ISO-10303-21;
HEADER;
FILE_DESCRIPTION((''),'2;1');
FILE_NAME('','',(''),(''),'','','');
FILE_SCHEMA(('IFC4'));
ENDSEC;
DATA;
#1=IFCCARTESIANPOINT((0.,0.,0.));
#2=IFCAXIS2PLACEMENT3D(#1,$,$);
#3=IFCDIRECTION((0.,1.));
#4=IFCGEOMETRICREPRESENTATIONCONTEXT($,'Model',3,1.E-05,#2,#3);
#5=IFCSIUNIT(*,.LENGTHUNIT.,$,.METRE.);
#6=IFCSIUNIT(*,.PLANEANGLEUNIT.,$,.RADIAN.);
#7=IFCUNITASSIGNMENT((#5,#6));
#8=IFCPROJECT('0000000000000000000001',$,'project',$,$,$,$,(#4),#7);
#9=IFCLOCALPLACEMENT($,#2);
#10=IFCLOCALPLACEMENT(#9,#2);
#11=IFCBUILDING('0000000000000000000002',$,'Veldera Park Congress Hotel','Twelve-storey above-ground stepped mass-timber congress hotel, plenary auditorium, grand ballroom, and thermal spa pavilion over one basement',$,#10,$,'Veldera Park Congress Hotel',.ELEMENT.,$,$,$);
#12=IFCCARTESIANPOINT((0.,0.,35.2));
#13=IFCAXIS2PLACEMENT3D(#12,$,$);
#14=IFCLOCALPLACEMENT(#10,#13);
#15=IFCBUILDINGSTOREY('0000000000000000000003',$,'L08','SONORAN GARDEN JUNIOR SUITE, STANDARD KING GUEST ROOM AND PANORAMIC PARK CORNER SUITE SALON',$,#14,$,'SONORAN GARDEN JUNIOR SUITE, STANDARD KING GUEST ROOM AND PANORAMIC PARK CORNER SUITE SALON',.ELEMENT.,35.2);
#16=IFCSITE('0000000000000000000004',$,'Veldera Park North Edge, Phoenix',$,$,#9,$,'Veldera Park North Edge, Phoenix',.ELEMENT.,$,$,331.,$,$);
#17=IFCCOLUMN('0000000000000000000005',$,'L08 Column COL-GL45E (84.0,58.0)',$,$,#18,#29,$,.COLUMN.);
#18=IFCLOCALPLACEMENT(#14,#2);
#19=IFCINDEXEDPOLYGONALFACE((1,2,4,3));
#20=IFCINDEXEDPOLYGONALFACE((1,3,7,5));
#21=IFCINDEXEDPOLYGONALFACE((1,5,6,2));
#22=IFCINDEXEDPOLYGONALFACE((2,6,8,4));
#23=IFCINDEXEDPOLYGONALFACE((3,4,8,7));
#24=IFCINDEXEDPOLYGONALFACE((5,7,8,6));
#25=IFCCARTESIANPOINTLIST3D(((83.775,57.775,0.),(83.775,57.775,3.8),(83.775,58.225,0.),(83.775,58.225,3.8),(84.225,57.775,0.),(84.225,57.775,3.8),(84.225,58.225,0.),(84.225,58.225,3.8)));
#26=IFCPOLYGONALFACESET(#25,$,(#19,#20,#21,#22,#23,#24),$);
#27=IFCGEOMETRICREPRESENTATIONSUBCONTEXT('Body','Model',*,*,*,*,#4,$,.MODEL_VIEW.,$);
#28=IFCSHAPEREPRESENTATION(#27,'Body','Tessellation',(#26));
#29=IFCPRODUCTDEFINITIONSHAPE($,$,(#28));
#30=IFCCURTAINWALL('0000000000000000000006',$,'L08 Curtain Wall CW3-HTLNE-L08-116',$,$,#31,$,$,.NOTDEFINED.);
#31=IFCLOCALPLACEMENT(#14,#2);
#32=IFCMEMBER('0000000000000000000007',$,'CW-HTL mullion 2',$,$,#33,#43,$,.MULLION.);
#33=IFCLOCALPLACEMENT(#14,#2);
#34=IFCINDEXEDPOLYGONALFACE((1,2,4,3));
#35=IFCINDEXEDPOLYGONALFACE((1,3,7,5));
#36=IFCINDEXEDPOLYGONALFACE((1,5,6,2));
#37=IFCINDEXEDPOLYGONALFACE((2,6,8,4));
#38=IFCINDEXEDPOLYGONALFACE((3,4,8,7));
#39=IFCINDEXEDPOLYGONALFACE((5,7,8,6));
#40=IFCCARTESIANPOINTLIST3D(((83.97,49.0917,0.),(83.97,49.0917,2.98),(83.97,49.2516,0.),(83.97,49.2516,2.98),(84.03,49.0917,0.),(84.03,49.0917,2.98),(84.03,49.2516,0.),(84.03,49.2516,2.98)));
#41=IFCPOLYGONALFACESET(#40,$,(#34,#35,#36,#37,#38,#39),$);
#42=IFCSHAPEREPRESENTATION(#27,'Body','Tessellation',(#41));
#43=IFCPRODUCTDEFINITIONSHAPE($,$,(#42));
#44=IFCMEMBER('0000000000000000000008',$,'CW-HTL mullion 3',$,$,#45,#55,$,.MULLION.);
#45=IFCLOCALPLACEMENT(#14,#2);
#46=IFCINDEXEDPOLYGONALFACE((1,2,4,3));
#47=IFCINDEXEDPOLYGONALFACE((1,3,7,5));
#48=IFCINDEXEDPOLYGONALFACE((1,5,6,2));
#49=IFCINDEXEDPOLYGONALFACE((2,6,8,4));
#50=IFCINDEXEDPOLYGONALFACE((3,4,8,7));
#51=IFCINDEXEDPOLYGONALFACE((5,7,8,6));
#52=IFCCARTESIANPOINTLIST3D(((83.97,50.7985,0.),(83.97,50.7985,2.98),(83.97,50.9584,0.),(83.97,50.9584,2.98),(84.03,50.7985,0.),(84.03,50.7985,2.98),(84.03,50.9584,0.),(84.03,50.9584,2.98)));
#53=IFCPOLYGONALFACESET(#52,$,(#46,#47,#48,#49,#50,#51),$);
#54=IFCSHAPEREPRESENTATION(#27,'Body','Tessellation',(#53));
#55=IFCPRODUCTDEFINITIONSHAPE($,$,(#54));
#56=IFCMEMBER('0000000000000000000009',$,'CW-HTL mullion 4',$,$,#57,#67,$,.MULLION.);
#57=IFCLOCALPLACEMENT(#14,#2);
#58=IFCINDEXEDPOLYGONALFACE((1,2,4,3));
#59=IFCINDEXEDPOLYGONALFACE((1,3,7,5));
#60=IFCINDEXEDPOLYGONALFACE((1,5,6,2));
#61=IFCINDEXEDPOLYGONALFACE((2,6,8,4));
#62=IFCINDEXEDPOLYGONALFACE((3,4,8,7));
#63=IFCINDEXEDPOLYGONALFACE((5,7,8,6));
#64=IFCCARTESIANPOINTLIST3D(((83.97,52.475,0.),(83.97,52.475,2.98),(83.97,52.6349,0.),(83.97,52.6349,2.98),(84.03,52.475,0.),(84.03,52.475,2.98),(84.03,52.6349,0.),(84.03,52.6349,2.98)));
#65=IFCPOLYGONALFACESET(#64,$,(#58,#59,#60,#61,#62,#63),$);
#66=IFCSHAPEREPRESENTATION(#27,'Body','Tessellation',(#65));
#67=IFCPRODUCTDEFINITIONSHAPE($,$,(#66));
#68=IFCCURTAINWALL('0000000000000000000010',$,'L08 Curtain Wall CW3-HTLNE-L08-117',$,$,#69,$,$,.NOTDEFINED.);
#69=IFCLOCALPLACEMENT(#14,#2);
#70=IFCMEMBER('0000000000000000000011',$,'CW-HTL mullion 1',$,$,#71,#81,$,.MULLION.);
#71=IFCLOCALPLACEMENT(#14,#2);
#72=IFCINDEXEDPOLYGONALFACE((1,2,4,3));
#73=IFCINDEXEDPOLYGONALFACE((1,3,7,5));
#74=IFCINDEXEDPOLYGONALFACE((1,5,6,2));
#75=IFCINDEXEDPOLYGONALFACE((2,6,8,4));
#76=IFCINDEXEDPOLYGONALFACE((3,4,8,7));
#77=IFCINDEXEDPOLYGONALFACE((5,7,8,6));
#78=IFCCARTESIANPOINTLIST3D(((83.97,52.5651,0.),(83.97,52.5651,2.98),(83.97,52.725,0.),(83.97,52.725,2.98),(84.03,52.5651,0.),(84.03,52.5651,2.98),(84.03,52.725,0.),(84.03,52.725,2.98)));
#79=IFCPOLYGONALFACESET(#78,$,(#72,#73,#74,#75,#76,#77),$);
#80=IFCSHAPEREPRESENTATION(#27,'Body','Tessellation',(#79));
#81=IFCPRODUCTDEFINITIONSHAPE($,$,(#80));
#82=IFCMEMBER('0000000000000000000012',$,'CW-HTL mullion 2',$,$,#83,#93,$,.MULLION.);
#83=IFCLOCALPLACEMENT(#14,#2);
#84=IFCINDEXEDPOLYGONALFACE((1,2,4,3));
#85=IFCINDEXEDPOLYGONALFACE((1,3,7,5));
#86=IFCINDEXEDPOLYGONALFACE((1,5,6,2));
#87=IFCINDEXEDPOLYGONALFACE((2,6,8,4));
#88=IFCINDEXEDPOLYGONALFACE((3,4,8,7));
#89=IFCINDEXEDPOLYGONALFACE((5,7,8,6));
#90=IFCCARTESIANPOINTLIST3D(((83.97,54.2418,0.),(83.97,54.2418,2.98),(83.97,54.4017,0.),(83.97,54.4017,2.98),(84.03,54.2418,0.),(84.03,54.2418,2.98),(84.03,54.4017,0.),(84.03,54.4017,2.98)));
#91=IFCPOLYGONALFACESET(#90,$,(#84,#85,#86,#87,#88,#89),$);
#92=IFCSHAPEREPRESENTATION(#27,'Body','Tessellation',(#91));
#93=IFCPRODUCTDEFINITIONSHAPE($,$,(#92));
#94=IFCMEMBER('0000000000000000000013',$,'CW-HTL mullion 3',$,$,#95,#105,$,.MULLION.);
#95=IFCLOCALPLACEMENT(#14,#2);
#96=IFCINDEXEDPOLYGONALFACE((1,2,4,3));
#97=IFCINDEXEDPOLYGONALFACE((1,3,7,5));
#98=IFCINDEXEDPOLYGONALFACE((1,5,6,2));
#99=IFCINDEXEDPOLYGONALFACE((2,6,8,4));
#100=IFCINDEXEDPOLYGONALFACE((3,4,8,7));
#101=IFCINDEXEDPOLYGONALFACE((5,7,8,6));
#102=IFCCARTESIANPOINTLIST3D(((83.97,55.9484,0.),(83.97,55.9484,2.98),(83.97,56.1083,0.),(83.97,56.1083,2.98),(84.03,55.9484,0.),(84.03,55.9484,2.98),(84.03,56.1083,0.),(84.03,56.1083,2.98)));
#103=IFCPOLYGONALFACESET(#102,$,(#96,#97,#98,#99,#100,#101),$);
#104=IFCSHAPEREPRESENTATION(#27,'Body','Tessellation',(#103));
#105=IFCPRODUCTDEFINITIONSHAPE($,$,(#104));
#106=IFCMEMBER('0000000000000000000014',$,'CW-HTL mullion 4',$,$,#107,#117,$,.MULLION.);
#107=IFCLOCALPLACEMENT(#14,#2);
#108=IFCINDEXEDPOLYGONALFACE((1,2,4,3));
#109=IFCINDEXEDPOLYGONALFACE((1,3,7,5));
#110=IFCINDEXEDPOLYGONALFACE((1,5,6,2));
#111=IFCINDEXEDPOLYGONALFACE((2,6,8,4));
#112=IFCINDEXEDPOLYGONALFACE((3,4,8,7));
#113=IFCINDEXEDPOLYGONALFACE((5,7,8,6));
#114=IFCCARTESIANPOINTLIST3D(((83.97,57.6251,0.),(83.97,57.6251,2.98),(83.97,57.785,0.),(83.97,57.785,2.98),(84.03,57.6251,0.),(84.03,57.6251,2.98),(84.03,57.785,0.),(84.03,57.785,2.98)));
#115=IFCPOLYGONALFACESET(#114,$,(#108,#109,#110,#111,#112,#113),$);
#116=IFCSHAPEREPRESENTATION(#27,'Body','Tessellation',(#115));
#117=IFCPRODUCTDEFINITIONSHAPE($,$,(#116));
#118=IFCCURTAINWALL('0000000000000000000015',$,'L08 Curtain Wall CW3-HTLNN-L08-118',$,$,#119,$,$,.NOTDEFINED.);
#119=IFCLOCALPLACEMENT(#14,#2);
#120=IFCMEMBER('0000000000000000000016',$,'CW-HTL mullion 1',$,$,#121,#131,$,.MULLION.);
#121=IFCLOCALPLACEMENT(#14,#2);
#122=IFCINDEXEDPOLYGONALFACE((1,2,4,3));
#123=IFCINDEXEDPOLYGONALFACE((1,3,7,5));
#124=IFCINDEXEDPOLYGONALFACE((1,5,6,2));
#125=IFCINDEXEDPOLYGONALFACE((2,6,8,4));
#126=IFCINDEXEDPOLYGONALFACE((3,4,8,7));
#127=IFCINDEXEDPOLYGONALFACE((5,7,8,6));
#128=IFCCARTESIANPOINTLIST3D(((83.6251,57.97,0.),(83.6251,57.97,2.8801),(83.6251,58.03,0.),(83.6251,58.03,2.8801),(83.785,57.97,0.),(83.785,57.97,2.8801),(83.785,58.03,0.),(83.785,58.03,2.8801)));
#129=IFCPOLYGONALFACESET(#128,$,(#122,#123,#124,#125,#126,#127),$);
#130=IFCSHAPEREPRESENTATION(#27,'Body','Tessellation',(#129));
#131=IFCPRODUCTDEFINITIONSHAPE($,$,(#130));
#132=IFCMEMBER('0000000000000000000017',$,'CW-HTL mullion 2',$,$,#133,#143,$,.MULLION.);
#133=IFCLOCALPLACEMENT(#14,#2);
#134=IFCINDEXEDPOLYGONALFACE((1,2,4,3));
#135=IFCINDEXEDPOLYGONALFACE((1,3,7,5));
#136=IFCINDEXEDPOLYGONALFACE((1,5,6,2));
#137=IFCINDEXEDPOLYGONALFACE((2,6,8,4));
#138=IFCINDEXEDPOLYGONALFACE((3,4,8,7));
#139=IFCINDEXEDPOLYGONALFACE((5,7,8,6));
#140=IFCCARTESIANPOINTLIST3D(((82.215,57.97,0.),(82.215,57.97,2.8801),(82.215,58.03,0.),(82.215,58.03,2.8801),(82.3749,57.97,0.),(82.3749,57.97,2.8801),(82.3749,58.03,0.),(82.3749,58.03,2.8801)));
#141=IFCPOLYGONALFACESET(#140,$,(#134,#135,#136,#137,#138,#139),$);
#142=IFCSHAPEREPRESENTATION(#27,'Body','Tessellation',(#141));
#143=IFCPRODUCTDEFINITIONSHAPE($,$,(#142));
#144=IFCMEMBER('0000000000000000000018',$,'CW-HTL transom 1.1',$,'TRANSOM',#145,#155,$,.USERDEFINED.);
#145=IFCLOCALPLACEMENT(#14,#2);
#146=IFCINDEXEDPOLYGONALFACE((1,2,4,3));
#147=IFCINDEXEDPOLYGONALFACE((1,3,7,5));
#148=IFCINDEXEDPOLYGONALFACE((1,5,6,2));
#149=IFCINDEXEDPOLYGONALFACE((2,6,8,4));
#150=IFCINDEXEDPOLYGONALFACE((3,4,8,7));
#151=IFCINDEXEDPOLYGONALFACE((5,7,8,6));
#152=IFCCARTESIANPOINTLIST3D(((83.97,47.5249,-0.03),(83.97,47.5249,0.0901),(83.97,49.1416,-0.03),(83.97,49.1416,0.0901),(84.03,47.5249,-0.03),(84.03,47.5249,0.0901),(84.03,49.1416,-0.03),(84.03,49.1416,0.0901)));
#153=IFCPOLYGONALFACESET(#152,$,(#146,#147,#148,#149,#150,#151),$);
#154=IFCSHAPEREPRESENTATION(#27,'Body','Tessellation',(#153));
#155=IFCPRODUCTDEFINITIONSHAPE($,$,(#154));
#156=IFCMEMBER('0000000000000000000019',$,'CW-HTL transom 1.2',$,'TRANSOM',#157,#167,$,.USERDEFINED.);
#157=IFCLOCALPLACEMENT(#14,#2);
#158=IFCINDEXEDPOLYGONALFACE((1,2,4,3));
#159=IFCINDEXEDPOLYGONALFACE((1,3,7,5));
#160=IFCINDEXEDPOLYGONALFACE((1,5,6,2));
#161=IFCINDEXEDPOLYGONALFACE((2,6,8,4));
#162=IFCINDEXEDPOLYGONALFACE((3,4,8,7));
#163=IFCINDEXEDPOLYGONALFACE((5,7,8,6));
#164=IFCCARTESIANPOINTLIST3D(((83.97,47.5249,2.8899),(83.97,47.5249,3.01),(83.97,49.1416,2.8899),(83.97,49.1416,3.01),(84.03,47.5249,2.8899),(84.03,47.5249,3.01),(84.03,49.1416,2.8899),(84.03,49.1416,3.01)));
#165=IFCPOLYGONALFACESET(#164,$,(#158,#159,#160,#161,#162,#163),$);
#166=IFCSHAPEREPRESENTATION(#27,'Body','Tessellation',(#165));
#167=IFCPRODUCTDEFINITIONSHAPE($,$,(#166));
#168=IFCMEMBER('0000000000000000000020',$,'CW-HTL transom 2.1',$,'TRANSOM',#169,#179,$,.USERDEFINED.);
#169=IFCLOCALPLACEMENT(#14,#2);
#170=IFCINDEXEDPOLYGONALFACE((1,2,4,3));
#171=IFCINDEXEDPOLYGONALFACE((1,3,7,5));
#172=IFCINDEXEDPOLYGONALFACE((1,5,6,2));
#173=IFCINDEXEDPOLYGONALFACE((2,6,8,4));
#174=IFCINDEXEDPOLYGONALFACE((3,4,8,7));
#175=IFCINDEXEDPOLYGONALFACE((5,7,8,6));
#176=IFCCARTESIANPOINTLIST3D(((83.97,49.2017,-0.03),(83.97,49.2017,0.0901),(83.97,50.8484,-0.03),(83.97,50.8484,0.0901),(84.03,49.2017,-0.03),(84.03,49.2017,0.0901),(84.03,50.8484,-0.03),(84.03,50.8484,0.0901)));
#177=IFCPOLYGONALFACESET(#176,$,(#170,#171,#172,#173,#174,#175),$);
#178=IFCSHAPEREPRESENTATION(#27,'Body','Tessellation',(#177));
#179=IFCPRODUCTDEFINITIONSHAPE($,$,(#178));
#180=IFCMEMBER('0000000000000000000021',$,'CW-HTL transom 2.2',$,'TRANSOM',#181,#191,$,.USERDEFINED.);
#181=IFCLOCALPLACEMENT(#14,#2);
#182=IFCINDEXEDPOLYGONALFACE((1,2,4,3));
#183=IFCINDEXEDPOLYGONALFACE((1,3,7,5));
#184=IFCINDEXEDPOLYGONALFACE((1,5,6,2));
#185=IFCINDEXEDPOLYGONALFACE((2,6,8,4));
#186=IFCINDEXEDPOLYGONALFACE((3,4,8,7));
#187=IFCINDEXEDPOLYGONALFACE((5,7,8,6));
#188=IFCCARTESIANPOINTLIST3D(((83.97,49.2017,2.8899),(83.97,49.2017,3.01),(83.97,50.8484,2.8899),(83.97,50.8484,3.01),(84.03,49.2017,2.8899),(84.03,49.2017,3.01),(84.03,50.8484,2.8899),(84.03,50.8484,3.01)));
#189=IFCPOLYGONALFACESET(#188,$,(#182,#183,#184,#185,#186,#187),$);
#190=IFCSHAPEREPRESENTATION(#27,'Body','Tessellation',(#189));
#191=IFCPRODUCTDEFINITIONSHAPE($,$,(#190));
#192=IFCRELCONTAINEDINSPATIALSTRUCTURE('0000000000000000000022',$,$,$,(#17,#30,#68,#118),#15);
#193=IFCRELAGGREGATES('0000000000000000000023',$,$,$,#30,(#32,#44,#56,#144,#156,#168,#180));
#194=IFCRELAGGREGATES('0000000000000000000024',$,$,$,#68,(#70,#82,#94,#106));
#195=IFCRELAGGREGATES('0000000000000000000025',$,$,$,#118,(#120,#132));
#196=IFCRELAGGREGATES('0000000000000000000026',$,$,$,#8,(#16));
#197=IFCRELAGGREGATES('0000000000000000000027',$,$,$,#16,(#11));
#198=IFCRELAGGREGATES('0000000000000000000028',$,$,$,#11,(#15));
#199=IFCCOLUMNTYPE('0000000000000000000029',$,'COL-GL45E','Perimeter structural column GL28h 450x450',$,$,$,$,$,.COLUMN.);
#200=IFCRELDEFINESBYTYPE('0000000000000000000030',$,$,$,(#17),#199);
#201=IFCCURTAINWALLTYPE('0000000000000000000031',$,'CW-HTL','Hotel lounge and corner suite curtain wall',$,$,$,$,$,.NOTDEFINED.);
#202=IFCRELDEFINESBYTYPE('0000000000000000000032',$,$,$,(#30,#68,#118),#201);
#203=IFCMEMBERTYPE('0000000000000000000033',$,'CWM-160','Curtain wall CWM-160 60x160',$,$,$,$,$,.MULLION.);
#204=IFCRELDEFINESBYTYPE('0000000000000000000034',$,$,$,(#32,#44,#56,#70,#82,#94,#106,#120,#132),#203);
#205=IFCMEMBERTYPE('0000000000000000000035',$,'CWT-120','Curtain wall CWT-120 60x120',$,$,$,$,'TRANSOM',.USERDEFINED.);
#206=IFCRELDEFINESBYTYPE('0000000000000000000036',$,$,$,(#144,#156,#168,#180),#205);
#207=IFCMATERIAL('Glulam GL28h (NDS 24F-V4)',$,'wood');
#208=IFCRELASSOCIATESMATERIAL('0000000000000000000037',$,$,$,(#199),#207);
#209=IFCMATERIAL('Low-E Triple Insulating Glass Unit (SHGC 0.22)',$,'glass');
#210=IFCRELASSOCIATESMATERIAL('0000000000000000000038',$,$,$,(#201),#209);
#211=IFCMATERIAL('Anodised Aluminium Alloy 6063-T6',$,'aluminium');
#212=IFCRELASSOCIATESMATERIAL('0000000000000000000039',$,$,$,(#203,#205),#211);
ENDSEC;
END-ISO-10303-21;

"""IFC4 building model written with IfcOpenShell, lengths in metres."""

from ifc_helpers import new_model, si_unit, direction, frame, origin, origin_2d, place, context, subcontext, project, spatial, rectangle, extrude, material, material_profile, profile_set, type_object, element, aggregate, save


model = new_model("IFC4")

# Units and contexts
model_context = context("Model", 3, precision=1e-05, world=origin(), true_north=direction((0.0, 1.0)))
body_context = subcontext(model_context, "Body", "Model", "MODEL_VIEW")
ifc_project = project(units=[si_unit("LENGTHUNIT", "METRE"), si_unit("PLANEANGLEUNIT", "RADIAN")], contexts=[model_context])

# Site, building, storey
site_placement = place(None, origin())
site = spatial("IfcSite", under=ifc_project, at=site_placement, Name="Veldera Park North Edge, Phoenix", LongName="Veldera Park North Edge, Phoenix", CompositionType="ELEMENT", RefElevation=331.0)
building_placement = place(site_placement, origin())
building = spatial("IfcBuilding", under=site, at=building_placement, Name="Veldera Park Congress Hotel", Description="Twelve-storey above-ground stepped mass-timber congress hotel, plenary auditorium, grand ballroom, and thermal spa pavilion over one basement", LongName="Veldera Park Congress Hotel", CompositionType="ELEMENT")
storey_placement = place(building_placement, frame((0.0, 0.0, 35.2)))
storey = spatial("IfcBuildingStorey", under=building, at=storey_placement, Name="L08", Description="SONORAN GARDEN JUNIOR SUITE, STANDARD KING GUEST ROOM AND PANORAMIC PARK CORNER SUITE SALON", LongName="SONORAN GARDEN JUNIOR SUITE, STANDARD KING GUEST ROOM AND PANORAMIC PARK CORNER SUITE SALON", CompositionType="ELEMENT", Elevation=35.2)

# Column
ifc_material_1 = material(Name="Glulam GL28h (NDS 24F-V4)", Category="wood")
ifc_material_profile_1 = material_profile(ifc_material_1, rectangle(XDim=0.45, YDim=0.45, at=origin_2d()), Name="GL28h 450x450")
ifc_profile_set_1 = profile_set([ifc_material_profile_1], Name="Glulam GL28h (NDS 24F-V4)")
column_type = type_object("IfcColumnType", Name="COL-GL45E", Description="Perimeter structural column GL28h 450x450", PredefinedType="COLUMN", material=ifc_profile_set_1)
column_placement = place(storey_placement, frame((84.0, 58.0, 0.0), z_axis=(0.0, 0.0, 1.0), x_axis=(1.0, 0.0, 0.0)))
element("IfcColumn", 1, at=column_placement, inside=storey, type_object=column_type, Name="L08 Column COL-GL45E (84.0,58.0)", PredefinedType="COLUMN", context=body_context, shape_type="SweptSolid", body=[
    extrude(rectangle(XDim=0.45, YDim=0.45, at=origin_2d()), origin(), (0.0, 0.0, 1.0), 3.8),
])

# Curtain walls, members
ifc_material_2 = material(Name="Low-E Triple Insulating Glass Unit (SHGC 0.22)", Category="glass")
curtain_wall_type = type_object("IfcCurtainWallType", Name="CW-HTL", Description="Hotel lounge and corner suite curtain wall", PredefinedType="NOTDEFINED", material=ifc_material_2)
curtain_wall_1_placement = place(storey_placement, origin())
curtain_wall_1 = element("IfcCurtainWall", 2, at=curtain_wall_1_placement, inside=storey, type_object=curtain_wall_type, Name="L08 Curtain Wall CW3-HTLNE-L08-116", PredefinedType="NOTDEFINED")
ifc_material_3 = material(Name="Anodised Aluminium Alloy 6063-T6", Category="aluminium")
ifc_material_profile_2 = material_profile(ifc_material_3, rectangle(XDim=0.0601, YDim=0.1599, at=origin_2d()), Name="ALU 60x160")
ifc_profile_set_2 = profile_set([ifc_material_profile_2], Name="Anodised Aluminium Alloy 6063-T6")
member_type_1 = type_object("IfcMemberType", Name="CWM-160", Description="Curtain wall CWM-160 60x160", PredefinedType="MULLION", material=ifc_profile_set_2)
member_1_placement = place(storey_placement, frame((84.0, 49.1716, 0.0), z_axis=(0.0, 0.0, 1.0), x_axis=(-1.0, 0.0, 0.0)))
member_1 = element("IfcMember", 3, at=member_1_placement, type_object=member_type_1, Name="CW-HTL mullion 2", PredefinedType="MULLION", context=body_context, shape_type="SweptSolid", body=[
    extrude(rectangle(XDim=0.0601, YDim=0.1599, at=origin_2d()), origin(), (0.0, 0.0, 1.0), 2.98),
])
member_2_placement = place(storey_placement, frame((84.0, 50.8784, 0.0), z_axis=(0.0, 0.0, 1.0), x_axis=(-1.0, 0.0, 0.0)))
member_2 = element("IfcMember", 4, at=member_2_placement, type_object=member_type_1, Name="CW-HTL mullion 3", PredefinedType="MULLION", context=body_context, shape_type="SweptSolid", body=[
    extrude(rectangle(XDim=0.0601, YDim=0.1599, at=origin_2d()), origin(), (0.0, 0.0, 1.0), 2.98),
])
member_3_placement = place(storey_placement, frame((84.0, 52.5549, 0.0), z_axis=(0.0, 0.0, 1.0), x_axis=(-1.0, 0.0, 0.0)))
member_3 = element("IfcMember", 5, at=member_3_placement, type_object=member_type_1, Name="CW-HTL mullion 4", PredefinedType="MULLION", context=body_context, shape_type="SweptSolid", body=[
    extrude(rectangle(XDim=0.0601, YDim=0.1599, at=origin_2d()), origin(), (0.0, 0.0, 1.0), 2.98),
])
curtain_wall_2_placement = place(storey_placement, origin())
curtain_wall_2 = element("IfcCurtainWall", 6, at=curtain_wall_2_placement, inside=storey, type_object=curtain_wall_type, Name="L08 Curtain Wall CW3-HTLNE-L08-117", PredefinedType="NOTDEFINED")
member_4_placement = place(storey_placement, frame((84.0, 52.645, 0.0), z_axis=(0.0, 0.0, 1.0), x_axis=(-1.0, 0.0, 0.0)))
member_4 = element("IfcMember", 7, at=member_4_placement, type_object=member_type_1, Name="CW-HTL mullion 1", PredefinedType="MULLION", context=body_context, shape_type="SweptSolid", body=[
    extrude(rectangle(XDim=0.0601, YDim=0.1599, at=origin_2d()), origin(), (0.0, 0.0, 1.0), 2.98),
])
member_5_placement = place(storey_placement, frame((84.0, 54.3218, 0.0), z_axis=(0.0, 0.0, 1.0), x_axis=(-1.0, 0.0, 0.0)))
member_5 = element("IfcMember", 8, at=member_5_placement, type_object=member_type_1, Name="CW-HTL mullion 2", PredefinedType="MULLION", context=body_context, shape_type="SweptSolid", body=[
    extrude(rectangle(XDim=0.0601, YDim=0.1599, at=origin_2d()), origin(), (0.0, 0.0, 1.0), 2.98),
])
member_6_placement = place(storey_placement, frame((84.0, 56.0283, 0.0), z_axis=(0.0, 0.0, 1.0), x_axis=(-1.0, 0.0, 0.0)))
member_6 = element("IfcMember", 9, at=member_6_placement, type_object=member_type_1, Name="CW-HTL mullion 3", PredefinedType="MULLION", context=body_context, shape_type="SweptSolid", body=[
    extrude(rectangle(XDim=0.0601, YDim=0.1599, at=origin_2d()), origin(), (0.0, 0.0, 1.0), 2.98),
])
member_7_placement = place(storey_placement, frame((84.0, 57.7051, 0.0), z_axis=(0.0, 0.0, 1.0), x_axis=(-1.0, 0.0, 0.0)))
member_7 = element("IfcMember", 10, at=member_7_placement, type_object=member_type_1, Name="CW-HTL mullion 4", PredefinedType="MULLION", context=body_context, shape_type="SweptSolid", body=[
    extrude(rectangle(XDim=0.0601, YDim=0.1599, at=origin_2d()), origin(), (0.0, 0.0, 1.0), 2.98),
])
curtain_wall_3_placement = place(storey_placement, origin())
curtain_wall_3 = element("IfcCurtainWall", 11, at=curtain_wall_3_placement, inside=storey, type_object=curtain_wall_type, Name="L08 Curtain Wall CW3-HTLNN-L08-118", PredefinedType="NOTDEFINED")
member_8_placement = place(storey_placement, frame((83.7051, 58.0, 0.0), z_axis=(0.0, 0.0, 1.0), x_axis=(0.0, -1.0, 0.0)))
member_8 = element("IfcMember", 12, at=member_8_placement, type_object=member_type_1, Name="CW-HTL mullion 1", PredefinedType="MULLION", context=body_context, shape_type="SweptSolid", body=[
    extrude(rectangle(XDim=0.0601, YDim=0.1599, at=origin_2d()), origin(), (0.0, 0.0, 1.0), 2.8801),
])
member_9_placement = place(storey_placement, frame((82.2949, 58.0, 0.0), z_axis=(0.0, 0.0, 1.0), x_axis=(0.0, -1.0, 0.0)))
member_9 = element("IfcMember", 13, at=member_9_placement, type_object=member_type_1, Name="CW-HTL mullion 2", PredefinedType="MULLION", context=body_context, shape_type="SweptSolid", body=[
    extrude(rectangle(XDim=0.0601, YDim=0.1599, at=origin_2d()), origin(), (0.0, 0.0, 1.0), 2.8801),
])

# Members
ifc_material_profile_3 = material_profile(ifc_material_3, rectangle(XDim=0.0601, YDim=0.1201, at=origin_2d()), Name="ALU 60x120")
ifc_profile_set_3 = profile_set([ifc_material_profile_3], Name="Anodised Aluminium Alloy 6063-T6")
member_type_2 = type_object("IfcMemberType", Name="CWT-120", Description="Curtain wall CWT-120 60x120", ElementType="TRANSOM", PredefinedType="USERDEFINED", material=ifc_profile_set_3)
member_10_placement = place(storey_placement, frame((84.0, 47.5249, 0.03), z_axis=(0.0, 1.0, 0.0), x_axis=(-1.0, 0.0, 0.0)))
member_10 = element("IfcMember", 14, at=member_10_placement, type_object=member_type_2, Name="CW-HTL transom 1.1", ObjectType="TRANSOM", PredefinedType="USERDEFINED", context=body_context, shape_type="SweptSolid", body=[
    extrude(rectangle(XDim=0.0601, YDim=0.1201, at=origin_2d()), origin(), (0.0, 0.0, 1.0), 1.6167),
])
member_11_placement = place(storey_placement, frame((84.0, 47.5249, 2.95), z_axis=(0.0, 1.0, 0.0), x_axis=(-1.0, 0.0, 0.0)))
member_11 = element("IfcMember", 15, at=member_11_placement, type_object=member_type_2, Name="CW-HTL transom 1.2", ObjectType="TRANSOM", PredefinedType="USERDEFINED", context=body_context, shape_type="SweptSolid", body=[
    extrude(rectangle(XDim=0.0601, YDim=0.1201, at=origin_2d()), origin(), (0.0, 0.0, 1.0), 1.6167),
])
member_12_placement = place(storey_placement, frame((84.0, 49.2017, 0.03), z_axis=(0.0, 1.0, 0.0), x_axis=(-1.0, 0.0, 0.0)))
member_12 = element("IfcMember", 16, at=member_12_placement, type_object=member_type_2, Name="CW-HTL transom 2.1", ObjectType="TRANSOM", PredefinedType="USERDEFINED", context=body_context, shape_type="SweptSolid", body=[
    extrude(rectangle(XDim=0.0601, YDim=0.1201, at=origin_2d()), origin(), (0.0, 0.0, 1.0), 1.6467),
])
member_13_placement = place(storey_placement, frame((84.0, 49.2017, 2.95), z_axis=(0.0, 1.0, 0.0), x_axis=(-1.0, 0.0, 0.0)))
member_13 = element("IfcMember", 17, at=member_13_placement, type_object=member_type_2, Name="CW-HTL transom 2.2", ObjectType="TRANSOM", PredefinedType="USERDEFINED", context=body_context, shape_type="SweptSolid", body=[
    extrude(rectangle(XDim=0.0601, YDim=0.1201, at=origin_2d()), origin(), (0.0, 0.0, 1.0), 1.6467),
])

aggregate(curtain_wall_1, [member_1, member_2, member_3, member_10, member_11, member_12, member_13])
aggregate(curtain_wall_2, [member_4, member_5, member_6, member_7])
aggregate(curtain_wall_3, [member_8, member_9])

save(model, "model.ifc")
